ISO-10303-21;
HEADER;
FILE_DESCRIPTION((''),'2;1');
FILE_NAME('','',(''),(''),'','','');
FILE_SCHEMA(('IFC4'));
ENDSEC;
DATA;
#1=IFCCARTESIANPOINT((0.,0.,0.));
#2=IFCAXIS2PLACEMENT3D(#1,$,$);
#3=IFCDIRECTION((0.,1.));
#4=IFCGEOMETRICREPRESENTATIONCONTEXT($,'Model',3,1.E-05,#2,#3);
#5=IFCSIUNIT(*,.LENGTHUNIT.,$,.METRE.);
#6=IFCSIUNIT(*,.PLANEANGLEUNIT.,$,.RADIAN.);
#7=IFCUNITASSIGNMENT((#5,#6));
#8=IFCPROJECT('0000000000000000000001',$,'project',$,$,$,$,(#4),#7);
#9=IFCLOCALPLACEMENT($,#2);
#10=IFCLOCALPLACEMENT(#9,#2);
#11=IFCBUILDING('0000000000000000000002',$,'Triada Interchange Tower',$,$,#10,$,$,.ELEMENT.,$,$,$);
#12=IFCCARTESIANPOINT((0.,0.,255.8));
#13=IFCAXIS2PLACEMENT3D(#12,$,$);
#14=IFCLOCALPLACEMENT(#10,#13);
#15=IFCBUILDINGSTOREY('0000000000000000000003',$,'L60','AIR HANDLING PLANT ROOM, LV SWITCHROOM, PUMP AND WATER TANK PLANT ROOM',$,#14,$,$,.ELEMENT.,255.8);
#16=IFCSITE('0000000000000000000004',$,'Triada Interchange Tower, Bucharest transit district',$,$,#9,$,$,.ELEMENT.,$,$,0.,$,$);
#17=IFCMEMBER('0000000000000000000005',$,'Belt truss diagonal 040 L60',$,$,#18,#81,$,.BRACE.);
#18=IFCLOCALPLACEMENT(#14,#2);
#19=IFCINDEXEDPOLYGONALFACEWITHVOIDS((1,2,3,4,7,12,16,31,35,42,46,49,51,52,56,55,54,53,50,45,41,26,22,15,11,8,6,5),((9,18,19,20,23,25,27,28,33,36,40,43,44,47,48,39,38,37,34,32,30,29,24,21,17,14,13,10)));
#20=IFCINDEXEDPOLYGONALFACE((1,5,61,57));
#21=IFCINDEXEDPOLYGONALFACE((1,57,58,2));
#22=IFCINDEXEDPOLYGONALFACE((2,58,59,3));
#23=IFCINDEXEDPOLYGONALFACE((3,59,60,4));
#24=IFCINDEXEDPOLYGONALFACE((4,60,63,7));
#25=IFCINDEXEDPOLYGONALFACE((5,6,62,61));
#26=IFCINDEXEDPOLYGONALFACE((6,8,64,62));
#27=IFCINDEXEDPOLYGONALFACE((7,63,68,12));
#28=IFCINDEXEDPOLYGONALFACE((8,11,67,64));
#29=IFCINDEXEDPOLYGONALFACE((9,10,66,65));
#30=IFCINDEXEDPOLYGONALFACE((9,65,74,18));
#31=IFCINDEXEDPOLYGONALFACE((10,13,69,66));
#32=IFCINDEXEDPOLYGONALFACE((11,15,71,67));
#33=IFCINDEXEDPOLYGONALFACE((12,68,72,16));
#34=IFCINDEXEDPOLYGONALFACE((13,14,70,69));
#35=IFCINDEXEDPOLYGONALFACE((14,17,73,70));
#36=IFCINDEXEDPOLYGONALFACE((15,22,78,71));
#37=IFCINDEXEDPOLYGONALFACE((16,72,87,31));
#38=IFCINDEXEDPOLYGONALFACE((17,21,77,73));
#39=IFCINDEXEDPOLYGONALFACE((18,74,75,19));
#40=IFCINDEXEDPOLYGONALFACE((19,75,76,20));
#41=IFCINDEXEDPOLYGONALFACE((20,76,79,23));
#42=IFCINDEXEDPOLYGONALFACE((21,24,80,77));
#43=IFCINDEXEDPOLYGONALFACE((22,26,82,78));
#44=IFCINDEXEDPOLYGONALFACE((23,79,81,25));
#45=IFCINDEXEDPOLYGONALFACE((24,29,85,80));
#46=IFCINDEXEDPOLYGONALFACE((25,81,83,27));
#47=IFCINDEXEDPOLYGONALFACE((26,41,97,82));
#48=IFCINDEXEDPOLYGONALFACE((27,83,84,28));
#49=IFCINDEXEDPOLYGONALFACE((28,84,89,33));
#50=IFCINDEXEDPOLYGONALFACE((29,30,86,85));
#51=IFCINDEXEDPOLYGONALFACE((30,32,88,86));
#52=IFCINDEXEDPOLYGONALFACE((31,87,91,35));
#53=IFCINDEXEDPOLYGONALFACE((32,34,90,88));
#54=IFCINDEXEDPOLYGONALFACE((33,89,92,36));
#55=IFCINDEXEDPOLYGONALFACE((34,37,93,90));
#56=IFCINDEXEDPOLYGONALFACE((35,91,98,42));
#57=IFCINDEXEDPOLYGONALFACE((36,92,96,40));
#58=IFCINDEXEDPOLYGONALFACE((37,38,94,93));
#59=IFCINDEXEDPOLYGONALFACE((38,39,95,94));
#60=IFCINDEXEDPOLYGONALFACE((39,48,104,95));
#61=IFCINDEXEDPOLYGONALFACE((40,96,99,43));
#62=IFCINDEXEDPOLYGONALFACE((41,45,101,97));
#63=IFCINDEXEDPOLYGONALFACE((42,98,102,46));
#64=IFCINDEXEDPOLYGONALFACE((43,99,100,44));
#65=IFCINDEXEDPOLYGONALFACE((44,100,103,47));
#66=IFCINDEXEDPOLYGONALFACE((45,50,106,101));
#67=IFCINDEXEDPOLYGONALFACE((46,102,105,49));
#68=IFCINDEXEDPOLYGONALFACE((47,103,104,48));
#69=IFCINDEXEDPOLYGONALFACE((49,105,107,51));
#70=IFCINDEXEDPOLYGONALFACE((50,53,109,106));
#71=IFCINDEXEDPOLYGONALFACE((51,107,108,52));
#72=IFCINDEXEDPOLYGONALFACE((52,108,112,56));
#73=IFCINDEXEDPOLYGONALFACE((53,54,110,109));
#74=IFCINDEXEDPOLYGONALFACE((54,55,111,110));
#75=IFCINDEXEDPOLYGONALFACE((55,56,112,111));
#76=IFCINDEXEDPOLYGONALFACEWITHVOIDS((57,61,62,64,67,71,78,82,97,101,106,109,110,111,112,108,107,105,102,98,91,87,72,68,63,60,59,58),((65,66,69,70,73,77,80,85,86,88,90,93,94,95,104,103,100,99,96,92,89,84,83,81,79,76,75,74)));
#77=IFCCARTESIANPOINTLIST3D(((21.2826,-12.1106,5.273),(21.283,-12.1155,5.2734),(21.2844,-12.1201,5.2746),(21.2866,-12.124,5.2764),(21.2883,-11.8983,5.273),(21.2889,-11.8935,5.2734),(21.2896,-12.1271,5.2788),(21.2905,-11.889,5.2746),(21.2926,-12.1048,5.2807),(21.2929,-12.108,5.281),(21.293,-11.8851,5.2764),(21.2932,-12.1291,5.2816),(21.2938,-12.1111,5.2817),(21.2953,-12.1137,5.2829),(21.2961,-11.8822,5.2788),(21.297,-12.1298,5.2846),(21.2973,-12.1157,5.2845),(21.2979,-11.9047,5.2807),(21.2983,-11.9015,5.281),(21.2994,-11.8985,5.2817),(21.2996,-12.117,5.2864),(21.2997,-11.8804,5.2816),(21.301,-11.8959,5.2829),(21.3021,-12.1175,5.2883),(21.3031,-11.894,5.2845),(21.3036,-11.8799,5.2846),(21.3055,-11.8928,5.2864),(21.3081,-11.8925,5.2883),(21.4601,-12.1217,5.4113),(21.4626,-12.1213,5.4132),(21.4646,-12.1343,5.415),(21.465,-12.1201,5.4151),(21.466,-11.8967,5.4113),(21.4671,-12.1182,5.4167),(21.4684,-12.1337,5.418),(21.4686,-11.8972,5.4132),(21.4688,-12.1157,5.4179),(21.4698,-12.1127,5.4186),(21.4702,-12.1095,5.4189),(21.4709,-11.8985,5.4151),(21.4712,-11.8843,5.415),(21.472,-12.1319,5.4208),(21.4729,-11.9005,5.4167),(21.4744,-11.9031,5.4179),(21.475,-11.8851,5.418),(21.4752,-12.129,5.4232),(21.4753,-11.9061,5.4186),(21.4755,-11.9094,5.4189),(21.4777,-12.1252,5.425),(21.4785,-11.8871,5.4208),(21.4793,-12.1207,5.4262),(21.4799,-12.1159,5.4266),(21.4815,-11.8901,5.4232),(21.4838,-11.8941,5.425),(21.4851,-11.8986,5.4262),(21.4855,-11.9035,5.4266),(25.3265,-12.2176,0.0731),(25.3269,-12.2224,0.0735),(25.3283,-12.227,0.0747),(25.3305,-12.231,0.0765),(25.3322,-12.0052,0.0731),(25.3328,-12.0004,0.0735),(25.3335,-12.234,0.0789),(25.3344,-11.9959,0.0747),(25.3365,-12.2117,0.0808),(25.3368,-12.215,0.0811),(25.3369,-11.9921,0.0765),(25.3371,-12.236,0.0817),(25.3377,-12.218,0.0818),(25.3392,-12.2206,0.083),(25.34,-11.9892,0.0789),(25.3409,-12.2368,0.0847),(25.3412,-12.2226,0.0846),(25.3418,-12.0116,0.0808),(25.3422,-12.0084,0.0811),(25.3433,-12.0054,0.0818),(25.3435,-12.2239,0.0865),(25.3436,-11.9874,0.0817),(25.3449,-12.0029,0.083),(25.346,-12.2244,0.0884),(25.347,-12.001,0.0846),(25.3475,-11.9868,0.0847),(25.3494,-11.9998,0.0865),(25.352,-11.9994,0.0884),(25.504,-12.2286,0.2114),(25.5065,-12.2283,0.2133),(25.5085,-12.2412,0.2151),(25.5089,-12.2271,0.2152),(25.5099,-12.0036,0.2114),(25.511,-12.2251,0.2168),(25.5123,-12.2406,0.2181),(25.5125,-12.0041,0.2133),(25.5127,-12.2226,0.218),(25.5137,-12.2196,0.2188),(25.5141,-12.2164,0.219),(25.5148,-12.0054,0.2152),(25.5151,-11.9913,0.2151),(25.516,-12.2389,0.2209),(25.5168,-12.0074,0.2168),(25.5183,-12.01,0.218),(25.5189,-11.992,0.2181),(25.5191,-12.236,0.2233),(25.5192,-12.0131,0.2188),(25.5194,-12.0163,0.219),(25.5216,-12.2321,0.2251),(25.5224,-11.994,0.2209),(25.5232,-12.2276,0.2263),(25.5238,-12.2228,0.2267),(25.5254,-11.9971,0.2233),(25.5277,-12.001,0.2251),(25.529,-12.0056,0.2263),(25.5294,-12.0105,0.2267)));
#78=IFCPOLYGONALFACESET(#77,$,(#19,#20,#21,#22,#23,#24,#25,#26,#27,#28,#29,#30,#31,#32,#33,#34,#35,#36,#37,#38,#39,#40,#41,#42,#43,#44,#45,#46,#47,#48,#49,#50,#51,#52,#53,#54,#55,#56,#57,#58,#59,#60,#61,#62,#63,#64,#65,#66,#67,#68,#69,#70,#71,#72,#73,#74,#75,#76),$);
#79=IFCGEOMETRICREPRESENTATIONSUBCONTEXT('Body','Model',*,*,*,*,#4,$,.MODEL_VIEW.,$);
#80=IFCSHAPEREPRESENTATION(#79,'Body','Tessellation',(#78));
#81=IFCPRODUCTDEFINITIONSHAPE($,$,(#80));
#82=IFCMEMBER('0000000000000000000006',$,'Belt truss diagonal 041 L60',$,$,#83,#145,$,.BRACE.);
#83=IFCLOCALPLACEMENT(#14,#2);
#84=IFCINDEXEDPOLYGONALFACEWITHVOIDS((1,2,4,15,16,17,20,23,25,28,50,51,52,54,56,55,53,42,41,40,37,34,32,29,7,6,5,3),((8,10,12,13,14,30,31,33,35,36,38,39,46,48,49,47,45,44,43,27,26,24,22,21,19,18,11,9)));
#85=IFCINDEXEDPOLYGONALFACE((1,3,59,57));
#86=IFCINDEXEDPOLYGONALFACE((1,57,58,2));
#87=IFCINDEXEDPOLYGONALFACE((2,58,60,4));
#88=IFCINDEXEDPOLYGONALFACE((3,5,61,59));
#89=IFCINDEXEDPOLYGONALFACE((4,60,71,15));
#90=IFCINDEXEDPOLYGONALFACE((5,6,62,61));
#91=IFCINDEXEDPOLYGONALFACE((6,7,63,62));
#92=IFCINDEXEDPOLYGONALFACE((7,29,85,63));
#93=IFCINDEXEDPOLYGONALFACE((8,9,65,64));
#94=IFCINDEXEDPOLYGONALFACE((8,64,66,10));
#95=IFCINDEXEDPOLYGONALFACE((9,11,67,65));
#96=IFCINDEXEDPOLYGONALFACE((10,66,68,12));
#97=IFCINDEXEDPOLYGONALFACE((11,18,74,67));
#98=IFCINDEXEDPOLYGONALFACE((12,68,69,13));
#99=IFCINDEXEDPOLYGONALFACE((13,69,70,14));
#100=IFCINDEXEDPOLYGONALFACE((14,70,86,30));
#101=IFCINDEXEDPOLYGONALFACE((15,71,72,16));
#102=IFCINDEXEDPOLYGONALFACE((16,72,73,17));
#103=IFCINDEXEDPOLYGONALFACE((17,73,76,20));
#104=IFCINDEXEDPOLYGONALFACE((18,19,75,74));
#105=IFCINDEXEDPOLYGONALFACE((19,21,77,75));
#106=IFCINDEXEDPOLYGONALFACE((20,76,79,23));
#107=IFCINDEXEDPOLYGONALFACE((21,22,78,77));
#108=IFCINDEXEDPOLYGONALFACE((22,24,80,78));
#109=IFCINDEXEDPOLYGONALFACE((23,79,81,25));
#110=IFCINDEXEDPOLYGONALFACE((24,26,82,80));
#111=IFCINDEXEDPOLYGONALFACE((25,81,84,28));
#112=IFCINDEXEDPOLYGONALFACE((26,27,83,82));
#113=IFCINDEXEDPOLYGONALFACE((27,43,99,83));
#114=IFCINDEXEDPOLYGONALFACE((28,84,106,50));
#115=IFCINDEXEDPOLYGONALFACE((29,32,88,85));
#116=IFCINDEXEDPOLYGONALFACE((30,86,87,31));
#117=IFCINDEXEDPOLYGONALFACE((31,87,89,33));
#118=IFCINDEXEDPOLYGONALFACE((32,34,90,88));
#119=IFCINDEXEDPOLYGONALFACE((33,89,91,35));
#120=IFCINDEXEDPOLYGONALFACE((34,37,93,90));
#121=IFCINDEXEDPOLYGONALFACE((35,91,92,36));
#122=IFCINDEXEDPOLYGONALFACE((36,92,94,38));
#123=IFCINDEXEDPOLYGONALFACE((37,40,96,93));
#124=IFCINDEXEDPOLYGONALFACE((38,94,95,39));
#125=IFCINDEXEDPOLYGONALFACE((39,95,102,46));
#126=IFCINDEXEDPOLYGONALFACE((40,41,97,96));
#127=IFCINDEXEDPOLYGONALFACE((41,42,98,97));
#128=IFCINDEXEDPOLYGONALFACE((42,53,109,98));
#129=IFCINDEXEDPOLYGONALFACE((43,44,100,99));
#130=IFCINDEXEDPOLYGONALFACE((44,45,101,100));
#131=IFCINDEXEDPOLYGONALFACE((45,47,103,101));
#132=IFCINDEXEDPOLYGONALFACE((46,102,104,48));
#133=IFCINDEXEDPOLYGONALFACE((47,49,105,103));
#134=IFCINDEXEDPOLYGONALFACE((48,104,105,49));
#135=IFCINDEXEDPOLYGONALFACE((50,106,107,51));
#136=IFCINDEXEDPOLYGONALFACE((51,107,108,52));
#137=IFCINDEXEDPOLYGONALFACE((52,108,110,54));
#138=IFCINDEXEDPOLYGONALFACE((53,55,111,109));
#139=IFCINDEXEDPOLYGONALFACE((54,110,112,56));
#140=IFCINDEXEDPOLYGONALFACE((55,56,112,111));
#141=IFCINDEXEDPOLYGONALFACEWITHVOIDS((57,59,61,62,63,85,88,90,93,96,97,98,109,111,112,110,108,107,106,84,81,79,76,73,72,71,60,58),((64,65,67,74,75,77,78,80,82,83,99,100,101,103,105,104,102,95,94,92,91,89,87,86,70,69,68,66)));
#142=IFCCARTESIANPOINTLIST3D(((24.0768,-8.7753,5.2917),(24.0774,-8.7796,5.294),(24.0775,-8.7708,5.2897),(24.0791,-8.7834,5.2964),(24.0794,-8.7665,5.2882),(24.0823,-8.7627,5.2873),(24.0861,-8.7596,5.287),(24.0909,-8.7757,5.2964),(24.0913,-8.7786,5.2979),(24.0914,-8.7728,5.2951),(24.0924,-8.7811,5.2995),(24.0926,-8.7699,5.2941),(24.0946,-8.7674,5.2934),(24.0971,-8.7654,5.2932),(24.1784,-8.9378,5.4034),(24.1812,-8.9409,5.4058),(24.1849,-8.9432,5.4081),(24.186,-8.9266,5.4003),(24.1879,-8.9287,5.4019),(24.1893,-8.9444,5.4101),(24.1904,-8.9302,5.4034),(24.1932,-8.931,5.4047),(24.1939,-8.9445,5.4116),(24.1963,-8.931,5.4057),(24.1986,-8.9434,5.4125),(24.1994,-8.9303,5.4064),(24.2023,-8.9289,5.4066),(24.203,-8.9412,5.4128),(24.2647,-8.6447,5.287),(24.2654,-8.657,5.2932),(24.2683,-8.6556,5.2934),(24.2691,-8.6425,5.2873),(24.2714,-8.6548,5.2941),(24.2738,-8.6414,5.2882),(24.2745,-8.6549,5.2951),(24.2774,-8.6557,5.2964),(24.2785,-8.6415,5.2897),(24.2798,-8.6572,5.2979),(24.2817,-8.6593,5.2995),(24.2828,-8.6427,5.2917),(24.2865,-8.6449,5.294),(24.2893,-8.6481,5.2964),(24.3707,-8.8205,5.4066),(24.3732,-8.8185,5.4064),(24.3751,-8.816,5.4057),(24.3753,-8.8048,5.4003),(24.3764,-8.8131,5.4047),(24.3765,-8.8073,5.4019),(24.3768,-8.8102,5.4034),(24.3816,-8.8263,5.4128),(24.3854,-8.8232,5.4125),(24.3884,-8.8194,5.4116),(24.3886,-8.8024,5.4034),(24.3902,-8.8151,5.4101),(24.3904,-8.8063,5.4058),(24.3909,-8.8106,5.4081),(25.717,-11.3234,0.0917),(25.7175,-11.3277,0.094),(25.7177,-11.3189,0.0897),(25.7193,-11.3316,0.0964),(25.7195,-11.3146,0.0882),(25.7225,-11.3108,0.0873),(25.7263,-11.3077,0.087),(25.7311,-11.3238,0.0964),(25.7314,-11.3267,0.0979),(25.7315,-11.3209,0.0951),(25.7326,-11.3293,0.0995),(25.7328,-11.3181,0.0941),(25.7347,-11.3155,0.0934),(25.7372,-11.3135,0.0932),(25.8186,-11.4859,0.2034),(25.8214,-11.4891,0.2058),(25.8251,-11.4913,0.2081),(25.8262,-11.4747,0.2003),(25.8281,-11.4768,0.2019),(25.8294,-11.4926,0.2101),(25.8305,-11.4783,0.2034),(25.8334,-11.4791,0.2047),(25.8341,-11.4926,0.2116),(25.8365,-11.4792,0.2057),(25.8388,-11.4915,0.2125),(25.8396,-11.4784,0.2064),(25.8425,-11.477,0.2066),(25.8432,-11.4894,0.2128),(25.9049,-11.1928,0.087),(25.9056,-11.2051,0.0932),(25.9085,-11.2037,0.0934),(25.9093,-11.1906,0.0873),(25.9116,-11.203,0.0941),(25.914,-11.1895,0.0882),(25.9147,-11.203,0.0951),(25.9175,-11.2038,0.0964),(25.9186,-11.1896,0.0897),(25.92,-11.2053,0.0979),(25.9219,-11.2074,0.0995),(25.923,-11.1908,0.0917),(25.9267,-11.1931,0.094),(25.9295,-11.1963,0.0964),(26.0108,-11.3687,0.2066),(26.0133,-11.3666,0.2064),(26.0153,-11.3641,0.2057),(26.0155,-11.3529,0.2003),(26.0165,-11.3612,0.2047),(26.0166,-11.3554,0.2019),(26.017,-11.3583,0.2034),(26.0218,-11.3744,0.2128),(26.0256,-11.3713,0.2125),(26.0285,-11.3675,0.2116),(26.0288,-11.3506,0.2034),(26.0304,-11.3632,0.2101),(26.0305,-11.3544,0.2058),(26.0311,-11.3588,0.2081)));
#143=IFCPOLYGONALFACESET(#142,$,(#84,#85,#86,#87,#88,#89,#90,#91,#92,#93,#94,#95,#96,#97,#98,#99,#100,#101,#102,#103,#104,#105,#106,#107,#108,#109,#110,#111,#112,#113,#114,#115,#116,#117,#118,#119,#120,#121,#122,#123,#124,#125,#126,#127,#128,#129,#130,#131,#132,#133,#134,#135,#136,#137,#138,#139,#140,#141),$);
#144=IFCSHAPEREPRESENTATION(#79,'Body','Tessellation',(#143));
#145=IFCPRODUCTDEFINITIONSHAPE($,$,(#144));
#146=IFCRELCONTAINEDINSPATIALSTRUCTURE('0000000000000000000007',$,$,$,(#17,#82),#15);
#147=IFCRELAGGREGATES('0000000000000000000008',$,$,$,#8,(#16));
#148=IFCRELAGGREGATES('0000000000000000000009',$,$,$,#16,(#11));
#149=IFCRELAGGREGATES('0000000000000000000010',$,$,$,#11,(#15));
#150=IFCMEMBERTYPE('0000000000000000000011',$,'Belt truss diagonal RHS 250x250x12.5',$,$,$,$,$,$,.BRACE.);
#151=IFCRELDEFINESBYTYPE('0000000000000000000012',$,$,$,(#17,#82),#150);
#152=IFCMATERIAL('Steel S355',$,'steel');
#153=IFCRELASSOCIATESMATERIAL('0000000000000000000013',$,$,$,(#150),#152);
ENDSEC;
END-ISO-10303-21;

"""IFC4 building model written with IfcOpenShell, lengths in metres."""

from ifc_helpers import new_model, si_unit, direction, frame, origin, origin_2d, place, context, subcontext, project, spatial, hollow_rectangle, extrude, material, material_profile, profile_set, type_object, element, save


model = new_model("IFC4")

# Units and contexts
model_context = context("Model", 3, precision=1e-05, world=origin(), true_north=direction((0.0, 1.0)))
body_context = subcontext(model_context, "Body", "Model", "MODEL_VIEW")
ifc_project = project(units=[si_unit("LENGTHUNIT", "METRE"), si_unit("PLANEANGLEUNIT", "RADIAN")], contexts=[model_context])

# Site, building, storey
site_placement = place(None, origin())
site = spatial("IfcSite", under=ifc_project, at=site_placement, Name="Triada Interchange Tower, Bucharest transit district", CompositionType="ELEMENT", RefElevation=0.0)
building_placement = place(site_placement, origin())
building = spatial("IfcBuilding", under=site, at=building_placement, Name="Triada Interchange Tower", CompositionType="ELEMENT")
storey_placement = place(building_placement, frame((0.0, 0.0, 255.8)))
storey = spatial("IfcBuildingStorey", under=building, at=storey_placement, Name="L60", Description="AIR HANDLING PLANT ROOM, LV SWITCHROOM, PUMP AND WATER TANK PLANT ROOM", CompositionType="ELEMENT", Elevation=255.8)

# Members
ifc_material_1 = material(Name="Steel S355", Category="steel")
ifc_material_profile_1 = material_profile(ifc_material_1, hollow_rectangle(XDim=0.25, YDim=0.25, WallThickness=0.0125, InnerFilletRadius=0.0125, OuterFilletRadius=0.0188, at=origin_2d()), Name="RHS 250x250x12.5")
ifc_profile_set_1 = profile_set([ifc_material_profile_1], Name="Steel S355")
member_type_1 = type_object("IfcMemberType", Name="Belt truss diagonal RHS 250x250x12.5", PredefinedType="BRACE", material=ifc_profile_set_1)
member_1_placement = place(storey_placement, frame((25.428, -12.114, 0.1499), z_axis=(-0.613816, 0.016231, 0.789282), x_axis=(-0.026434, -0.999651, 0.0)))
element("IfcMember", 1, at=member_1_placement, inside=storey, type_object=member_type_1, Name="Belt truss diagonal 040 L60", PredefinedType="BRACE", context=body_context, shape_type="SweptSolid", body=[
    extrude(hollow_rectangle(XDim=0.25, YDim=0.25, WallThickness=0.0125, InnerFilletRadius=0.0125, OuterFilletRadius=0.0188, at=origin_2d()), origin(), (0.0, 0.0, 1.0), 6.5881),
])
member_2_placement = place(storey_placement, frame((25.874, -11.3411, 0.1499), z_axis=(-0.272516, 0.423377, 0.863995), x_axis=(-0.840867, -0.541242, 0.0)))
element("IfcMember", 2, at=member_2_placement, inside=storey, type_object=member_type_1, Name="Belt truss diagonal 041 L60", PredefinedType="BRACE", context=body_context, shape_type="SweptSolid", body=[
    extrude(hollow_rectangle(XDim=0.25, YDim=0.25, WallThickness=0.0125, InnerFilletRadius=0.0125, OuterFilletRadius=0.0188, at=origin_2d()), origin(), (0.0, 0.0, 1.0), 6.0186),
])

save(model, "model.ifc")
